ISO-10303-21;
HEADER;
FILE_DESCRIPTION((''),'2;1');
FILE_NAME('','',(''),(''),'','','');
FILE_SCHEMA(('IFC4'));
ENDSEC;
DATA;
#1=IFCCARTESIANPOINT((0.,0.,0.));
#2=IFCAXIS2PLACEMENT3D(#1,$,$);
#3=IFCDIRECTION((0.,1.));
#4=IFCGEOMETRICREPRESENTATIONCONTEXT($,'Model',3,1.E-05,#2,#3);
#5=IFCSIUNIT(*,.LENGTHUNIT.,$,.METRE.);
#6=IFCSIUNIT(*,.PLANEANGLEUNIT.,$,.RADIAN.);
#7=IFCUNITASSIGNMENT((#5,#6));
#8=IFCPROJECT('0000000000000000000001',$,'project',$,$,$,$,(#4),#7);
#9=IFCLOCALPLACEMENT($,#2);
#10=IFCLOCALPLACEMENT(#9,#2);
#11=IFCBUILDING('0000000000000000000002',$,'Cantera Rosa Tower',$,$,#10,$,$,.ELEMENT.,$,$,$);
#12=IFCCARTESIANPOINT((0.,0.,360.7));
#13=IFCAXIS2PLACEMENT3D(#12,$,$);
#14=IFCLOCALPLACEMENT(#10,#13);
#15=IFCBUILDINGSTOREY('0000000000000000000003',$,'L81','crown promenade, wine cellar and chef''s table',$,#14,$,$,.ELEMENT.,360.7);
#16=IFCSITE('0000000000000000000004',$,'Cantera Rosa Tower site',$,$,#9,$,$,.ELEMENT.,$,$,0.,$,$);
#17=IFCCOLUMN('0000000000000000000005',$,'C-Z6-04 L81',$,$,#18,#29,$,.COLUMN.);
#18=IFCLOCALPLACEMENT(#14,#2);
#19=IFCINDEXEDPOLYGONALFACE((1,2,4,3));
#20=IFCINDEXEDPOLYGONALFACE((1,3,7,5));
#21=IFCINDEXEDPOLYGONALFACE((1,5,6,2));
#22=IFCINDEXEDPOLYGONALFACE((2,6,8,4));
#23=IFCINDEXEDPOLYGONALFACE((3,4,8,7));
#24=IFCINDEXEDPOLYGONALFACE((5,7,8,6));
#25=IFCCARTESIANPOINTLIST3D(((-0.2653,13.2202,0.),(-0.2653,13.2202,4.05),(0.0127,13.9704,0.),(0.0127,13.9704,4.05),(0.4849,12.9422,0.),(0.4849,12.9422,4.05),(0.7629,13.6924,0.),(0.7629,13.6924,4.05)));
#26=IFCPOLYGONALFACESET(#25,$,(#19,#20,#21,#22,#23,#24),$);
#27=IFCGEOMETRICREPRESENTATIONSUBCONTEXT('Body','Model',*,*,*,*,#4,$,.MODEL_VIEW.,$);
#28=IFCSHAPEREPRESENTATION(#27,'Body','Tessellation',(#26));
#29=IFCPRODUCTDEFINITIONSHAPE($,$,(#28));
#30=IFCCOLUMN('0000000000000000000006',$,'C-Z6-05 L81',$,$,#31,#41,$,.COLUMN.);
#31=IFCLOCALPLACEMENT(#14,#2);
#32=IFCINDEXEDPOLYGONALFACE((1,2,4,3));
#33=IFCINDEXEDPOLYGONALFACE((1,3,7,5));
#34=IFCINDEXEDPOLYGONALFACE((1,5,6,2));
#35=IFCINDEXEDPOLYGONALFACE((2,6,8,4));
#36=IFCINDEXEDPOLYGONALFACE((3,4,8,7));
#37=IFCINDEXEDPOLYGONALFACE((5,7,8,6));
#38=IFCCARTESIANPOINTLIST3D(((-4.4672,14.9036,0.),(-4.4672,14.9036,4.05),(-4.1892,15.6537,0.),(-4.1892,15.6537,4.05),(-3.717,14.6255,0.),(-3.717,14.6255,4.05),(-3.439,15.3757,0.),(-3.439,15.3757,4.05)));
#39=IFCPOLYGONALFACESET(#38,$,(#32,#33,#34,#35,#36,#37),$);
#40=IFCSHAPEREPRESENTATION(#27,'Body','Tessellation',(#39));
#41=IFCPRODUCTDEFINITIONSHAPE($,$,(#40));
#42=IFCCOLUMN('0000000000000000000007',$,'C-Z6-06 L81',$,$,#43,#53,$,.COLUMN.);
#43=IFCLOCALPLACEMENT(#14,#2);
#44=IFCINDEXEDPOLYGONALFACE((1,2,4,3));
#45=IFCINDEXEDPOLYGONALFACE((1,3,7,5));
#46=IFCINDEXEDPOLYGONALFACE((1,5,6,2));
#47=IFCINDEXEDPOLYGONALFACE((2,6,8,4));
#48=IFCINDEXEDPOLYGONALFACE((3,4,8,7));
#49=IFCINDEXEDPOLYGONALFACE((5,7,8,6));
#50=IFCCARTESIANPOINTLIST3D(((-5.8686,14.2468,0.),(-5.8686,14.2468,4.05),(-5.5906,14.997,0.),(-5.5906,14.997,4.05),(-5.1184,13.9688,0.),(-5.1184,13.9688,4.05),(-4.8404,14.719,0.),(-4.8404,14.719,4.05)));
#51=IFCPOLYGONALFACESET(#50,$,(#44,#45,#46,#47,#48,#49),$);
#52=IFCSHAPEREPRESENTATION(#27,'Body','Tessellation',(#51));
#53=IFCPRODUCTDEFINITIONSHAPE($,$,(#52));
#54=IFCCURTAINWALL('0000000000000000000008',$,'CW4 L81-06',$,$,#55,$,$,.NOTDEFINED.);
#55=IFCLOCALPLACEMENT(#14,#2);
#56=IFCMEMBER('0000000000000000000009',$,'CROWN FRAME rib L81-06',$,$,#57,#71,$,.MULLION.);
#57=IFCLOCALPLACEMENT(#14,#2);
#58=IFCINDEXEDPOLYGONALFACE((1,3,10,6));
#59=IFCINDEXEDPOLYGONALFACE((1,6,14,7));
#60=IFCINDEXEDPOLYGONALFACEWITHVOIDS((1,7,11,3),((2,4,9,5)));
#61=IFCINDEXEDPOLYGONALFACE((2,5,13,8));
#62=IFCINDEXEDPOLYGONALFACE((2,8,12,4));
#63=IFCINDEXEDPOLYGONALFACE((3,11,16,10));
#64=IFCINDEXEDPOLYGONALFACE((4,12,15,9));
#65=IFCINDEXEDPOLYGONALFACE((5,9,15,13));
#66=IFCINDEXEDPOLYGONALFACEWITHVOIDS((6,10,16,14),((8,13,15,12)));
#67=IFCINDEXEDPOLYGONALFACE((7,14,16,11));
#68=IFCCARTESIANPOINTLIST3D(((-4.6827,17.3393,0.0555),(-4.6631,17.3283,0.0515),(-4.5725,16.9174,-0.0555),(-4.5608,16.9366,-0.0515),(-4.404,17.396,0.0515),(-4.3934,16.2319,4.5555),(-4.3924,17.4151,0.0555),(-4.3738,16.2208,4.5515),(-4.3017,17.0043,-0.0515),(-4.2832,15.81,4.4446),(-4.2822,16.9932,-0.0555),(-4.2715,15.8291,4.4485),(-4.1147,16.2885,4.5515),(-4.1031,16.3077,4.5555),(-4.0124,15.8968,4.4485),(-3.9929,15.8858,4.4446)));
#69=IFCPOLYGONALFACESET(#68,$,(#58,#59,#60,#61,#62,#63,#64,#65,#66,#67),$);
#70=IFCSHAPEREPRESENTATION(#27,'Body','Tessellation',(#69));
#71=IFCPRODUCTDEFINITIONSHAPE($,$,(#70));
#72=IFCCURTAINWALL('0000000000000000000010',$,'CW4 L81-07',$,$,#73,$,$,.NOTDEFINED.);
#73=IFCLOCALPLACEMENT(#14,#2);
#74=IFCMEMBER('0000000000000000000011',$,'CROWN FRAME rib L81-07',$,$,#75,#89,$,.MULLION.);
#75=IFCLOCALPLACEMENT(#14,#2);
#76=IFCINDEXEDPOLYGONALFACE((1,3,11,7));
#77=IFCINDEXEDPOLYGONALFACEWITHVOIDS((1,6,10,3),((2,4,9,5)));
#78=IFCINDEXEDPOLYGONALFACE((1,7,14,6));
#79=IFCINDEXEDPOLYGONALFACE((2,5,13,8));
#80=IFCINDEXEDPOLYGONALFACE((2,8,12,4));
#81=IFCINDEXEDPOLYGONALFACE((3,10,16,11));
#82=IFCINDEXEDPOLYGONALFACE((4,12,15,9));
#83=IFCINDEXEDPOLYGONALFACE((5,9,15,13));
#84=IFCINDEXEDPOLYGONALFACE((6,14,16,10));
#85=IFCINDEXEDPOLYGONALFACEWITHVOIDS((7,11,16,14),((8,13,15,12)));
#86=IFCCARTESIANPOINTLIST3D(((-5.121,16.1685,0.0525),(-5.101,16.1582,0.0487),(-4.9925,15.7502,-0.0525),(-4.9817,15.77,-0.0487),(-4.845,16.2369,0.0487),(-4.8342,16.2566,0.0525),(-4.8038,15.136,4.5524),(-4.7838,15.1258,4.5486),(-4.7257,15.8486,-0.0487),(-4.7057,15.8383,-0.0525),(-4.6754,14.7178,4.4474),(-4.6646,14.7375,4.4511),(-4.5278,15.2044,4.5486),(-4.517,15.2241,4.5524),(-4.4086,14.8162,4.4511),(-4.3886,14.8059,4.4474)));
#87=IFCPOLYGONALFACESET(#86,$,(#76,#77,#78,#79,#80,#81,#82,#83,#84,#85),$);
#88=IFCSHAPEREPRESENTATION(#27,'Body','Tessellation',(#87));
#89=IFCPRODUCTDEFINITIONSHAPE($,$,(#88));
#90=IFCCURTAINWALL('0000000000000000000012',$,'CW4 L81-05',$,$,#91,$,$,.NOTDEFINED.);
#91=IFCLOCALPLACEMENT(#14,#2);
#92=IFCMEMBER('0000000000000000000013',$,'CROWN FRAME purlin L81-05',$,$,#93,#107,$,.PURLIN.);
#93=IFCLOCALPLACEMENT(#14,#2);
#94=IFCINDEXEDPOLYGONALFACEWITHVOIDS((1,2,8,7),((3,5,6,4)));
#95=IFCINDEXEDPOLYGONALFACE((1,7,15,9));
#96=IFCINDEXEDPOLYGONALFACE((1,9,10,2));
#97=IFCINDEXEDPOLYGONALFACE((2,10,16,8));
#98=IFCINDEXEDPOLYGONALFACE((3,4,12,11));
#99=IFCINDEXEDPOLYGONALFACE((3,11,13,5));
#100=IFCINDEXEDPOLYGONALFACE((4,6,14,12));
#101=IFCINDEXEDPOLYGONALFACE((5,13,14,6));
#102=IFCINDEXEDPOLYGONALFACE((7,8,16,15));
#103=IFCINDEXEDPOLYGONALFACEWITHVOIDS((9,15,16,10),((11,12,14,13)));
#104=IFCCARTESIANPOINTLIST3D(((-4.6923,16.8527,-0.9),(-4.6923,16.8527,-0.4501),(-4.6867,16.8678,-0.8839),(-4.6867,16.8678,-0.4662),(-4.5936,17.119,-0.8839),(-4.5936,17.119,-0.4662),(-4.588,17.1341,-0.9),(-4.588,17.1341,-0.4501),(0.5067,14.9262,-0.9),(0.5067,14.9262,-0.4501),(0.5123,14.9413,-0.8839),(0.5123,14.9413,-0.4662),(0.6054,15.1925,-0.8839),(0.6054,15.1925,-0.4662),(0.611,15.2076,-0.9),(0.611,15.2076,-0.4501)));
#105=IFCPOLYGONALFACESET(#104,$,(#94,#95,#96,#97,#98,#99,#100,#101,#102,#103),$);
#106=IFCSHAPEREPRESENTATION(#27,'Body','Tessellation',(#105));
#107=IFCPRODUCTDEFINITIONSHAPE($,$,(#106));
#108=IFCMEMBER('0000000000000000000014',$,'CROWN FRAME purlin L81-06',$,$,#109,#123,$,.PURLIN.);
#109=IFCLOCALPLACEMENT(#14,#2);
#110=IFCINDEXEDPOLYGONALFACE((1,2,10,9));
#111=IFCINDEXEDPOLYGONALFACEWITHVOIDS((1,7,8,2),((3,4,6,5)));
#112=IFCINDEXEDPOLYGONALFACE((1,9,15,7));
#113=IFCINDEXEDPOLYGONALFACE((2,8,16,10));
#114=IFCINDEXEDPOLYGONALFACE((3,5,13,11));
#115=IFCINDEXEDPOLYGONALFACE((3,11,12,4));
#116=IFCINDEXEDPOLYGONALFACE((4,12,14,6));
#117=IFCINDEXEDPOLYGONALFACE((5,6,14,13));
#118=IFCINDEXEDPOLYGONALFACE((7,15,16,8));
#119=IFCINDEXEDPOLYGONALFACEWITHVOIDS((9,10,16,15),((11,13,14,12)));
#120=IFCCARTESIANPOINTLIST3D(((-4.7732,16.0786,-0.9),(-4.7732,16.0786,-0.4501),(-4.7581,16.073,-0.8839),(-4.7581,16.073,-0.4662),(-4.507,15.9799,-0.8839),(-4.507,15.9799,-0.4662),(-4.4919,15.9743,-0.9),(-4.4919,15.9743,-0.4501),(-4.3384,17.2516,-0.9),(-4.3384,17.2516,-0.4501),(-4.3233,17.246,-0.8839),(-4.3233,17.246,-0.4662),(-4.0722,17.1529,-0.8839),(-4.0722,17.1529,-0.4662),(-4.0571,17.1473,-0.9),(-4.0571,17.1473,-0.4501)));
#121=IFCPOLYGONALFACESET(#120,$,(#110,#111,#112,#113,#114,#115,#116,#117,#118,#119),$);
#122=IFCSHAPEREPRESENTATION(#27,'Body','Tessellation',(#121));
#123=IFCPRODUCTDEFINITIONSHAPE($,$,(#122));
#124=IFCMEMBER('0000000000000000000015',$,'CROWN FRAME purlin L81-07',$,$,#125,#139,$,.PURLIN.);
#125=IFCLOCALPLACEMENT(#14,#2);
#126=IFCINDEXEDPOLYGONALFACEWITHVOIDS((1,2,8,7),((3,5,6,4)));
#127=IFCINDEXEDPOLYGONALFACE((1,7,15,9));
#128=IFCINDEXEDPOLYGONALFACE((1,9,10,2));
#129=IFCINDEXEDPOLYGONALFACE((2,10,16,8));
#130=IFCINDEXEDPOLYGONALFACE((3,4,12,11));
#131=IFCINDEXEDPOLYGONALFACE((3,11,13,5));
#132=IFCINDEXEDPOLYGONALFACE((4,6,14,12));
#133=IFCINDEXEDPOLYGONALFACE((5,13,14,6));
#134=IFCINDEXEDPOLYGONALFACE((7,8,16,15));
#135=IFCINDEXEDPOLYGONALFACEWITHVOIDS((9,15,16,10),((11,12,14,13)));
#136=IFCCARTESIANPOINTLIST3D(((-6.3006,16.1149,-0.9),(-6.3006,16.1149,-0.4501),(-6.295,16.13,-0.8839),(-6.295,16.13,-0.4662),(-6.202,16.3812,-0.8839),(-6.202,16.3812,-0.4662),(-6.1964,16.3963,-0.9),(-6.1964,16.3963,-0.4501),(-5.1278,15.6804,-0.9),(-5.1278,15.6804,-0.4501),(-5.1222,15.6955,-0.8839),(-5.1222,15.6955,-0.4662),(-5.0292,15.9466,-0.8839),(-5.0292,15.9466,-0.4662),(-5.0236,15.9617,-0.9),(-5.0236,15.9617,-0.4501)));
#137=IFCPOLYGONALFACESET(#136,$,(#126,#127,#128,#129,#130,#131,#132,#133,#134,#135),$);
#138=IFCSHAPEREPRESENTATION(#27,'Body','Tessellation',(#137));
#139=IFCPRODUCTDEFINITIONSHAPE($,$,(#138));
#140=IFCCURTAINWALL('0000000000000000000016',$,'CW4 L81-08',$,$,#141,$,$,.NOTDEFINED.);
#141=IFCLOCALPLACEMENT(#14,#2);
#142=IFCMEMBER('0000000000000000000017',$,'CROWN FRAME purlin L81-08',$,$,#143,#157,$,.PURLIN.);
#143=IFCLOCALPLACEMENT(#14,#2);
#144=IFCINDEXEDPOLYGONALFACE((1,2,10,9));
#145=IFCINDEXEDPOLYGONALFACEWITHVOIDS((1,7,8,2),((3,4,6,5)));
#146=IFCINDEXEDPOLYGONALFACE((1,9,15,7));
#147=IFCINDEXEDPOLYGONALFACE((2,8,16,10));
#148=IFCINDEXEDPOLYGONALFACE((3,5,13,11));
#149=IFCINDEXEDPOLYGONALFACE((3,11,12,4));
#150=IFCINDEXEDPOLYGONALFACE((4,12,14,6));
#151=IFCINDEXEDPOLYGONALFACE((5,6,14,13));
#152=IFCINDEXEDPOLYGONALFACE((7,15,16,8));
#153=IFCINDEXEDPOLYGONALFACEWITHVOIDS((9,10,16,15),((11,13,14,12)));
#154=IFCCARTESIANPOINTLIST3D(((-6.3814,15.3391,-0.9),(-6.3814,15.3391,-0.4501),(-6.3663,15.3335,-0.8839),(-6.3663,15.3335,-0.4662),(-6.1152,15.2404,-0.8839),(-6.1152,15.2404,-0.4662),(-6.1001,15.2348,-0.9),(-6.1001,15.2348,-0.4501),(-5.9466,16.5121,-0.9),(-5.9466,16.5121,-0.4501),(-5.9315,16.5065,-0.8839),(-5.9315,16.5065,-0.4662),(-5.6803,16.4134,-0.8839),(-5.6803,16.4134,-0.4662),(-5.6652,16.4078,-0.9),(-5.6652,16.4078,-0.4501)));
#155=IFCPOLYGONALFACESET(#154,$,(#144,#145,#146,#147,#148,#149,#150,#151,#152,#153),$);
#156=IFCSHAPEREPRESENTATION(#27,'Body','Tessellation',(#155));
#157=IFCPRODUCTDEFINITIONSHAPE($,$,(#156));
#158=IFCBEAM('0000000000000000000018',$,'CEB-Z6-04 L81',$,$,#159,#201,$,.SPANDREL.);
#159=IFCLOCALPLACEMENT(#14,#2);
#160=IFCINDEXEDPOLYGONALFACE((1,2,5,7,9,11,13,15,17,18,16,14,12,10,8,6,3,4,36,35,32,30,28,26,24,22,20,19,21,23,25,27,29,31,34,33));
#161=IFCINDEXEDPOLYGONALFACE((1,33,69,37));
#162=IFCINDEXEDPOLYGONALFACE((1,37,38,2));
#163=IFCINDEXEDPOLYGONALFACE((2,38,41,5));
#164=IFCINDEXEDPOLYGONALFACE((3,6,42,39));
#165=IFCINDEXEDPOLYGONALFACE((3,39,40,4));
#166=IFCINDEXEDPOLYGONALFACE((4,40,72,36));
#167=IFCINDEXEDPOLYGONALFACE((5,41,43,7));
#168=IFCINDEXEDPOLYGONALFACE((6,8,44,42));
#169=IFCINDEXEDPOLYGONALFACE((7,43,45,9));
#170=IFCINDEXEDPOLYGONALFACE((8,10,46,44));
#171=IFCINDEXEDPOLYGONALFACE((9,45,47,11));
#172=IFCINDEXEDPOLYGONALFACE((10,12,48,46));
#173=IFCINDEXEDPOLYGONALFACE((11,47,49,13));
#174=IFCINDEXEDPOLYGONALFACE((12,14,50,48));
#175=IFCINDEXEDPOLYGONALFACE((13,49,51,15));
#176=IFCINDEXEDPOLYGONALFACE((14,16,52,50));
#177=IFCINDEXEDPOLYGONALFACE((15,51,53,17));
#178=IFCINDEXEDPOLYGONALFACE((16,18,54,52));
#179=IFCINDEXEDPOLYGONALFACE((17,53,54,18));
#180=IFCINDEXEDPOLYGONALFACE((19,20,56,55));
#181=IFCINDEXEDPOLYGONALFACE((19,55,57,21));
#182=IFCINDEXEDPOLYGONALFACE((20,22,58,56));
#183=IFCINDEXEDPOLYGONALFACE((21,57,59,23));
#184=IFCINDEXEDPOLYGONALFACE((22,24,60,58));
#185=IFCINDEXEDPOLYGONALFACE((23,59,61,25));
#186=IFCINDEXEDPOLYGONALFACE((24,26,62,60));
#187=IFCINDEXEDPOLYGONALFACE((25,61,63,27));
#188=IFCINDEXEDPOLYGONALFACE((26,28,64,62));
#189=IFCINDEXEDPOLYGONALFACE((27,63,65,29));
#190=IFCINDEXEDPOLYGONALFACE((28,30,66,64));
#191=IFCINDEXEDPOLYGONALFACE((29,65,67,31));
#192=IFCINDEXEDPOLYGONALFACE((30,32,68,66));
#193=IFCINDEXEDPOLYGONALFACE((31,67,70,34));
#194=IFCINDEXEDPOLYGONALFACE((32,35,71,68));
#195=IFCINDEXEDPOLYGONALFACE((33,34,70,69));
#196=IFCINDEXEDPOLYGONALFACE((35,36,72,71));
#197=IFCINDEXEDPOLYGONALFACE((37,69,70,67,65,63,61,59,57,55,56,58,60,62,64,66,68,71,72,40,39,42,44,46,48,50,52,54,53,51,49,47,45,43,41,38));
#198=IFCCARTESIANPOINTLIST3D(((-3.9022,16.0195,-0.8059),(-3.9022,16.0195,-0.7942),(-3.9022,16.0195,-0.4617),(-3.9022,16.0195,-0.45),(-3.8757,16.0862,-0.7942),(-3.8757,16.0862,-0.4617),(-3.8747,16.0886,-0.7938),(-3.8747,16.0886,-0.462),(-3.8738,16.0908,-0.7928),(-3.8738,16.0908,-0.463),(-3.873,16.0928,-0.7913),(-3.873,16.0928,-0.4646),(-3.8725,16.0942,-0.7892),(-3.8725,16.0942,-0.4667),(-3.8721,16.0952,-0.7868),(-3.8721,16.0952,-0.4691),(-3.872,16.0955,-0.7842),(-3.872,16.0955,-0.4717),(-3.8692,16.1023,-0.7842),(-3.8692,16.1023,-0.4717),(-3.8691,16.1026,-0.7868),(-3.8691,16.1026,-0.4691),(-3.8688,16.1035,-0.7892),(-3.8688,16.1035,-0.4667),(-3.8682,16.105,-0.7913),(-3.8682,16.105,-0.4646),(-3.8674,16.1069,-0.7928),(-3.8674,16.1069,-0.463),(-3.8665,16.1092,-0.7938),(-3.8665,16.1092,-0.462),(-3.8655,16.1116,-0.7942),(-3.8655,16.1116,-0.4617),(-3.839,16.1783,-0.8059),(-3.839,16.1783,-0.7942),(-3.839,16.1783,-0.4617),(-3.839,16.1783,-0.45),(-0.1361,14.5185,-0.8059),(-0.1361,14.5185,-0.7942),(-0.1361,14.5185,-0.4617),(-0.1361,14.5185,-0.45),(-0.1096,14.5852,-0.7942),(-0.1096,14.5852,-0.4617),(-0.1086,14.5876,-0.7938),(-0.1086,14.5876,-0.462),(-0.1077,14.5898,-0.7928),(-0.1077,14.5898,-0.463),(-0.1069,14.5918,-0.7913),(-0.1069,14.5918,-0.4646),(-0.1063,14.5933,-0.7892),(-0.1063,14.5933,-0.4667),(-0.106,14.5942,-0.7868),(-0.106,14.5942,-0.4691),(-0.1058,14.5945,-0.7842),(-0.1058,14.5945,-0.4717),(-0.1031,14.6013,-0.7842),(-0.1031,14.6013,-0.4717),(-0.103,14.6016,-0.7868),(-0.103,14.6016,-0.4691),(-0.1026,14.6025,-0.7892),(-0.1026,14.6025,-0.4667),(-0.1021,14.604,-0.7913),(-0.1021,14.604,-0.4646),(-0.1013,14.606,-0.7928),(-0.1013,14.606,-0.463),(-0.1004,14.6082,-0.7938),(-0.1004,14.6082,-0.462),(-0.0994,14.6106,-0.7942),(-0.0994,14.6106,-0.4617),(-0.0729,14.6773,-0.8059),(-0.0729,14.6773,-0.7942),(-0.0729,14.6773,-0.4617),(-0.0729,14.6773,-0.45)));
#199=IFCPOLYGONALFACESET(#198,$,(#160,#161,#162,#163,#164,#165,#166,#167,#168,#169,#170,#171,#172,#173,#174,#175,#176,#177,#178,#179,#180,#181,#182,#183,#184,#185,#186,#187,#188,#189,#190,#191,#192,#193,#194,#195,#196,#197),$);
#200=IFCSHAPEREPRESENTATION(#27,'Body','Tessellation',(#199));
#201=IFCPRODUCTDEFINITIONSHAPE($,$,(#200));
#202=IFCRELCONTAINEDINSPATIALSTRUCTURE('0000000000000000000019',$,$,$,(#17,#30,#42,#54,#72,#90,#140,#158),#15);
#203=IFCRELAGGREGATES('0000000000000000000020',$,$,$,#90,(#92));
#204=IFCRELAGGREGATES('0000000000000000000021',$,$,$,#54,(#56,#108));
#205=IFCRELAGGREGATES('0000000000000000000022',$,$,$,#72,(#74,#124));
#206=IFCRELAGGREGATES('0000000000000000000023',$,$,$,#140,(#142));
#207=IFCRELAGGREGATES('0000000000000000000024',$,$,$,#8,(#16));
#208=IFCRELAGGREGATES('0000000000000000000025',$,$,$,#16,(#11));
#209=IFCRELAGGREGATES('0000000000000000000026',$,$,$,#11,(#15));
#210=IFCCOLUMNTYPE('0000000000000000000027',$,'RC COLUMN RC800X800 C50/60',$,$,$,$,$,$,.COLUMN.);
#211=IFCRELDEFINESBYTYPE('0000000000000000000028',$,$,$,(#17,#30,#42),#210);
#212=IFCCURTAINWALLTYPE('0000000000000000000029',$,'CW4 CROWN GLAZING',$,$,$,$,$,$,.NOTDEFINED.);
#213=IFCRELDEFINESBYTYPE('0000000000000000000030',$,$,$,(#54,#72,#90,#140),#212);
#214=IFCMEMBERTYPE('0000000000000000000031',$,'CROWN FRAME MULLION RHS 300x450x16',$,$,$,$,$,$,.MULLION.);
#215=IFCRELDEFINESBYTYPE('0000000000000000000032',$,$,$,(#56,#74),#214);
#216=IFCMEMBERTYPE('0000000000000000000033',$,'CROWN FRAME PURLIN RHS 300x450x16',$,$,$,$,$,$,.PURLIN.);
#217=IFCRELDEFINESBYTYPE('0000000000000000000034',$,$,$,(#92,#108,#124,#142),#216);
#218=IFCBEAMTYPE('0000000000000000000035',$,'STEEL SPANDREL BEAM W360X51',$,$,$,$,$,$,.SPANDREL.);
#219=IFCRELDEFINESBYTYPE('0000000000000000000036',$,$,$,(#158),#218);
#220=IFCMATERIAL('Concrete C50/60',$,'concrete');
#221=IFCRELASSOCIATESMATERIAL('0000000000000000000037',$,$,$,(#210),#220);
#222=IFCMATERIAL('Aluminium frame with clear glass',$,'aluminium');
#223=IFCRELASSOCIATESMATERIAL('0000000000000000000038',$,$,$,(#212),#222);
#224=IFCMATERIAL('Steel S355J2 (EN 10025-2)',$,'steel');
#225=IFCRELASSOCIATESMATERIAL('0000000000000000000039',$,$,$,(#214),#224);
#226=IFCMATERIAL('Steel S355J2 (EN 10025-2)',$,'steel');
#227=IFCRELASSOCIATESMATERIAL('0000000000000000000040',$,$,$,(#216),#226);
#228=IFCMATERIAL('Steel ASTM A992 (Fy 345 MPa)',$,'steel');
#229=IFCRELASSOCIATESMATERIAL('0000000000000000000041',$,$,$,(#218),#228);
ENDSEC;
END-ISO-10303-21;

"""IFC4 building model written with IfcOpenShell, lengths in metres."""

from ifc_helpers import new_model, si_unit, direction, frame, origin, origin_2d, place, context, subcontext, project, spatial, rectangle, hollow_rectangle, i_section, extrude, material, material_profile, profile_set, type_object, element, aggregate, save


model = new_model("IFC4")

# Units and contexts
model_context = context("Model", 3, precision=1e-05, world=origin(), true_north=direction((0.0, 1.0)))
body_context = subcontext(model_context, "Body", "Model", "MODEL_VIEW")
ifc_project = project(units=[si_unit("LENGTHUNIT", "METRE"), si_unit("PLANEANGLEUNIT", "RADIAN")], contexts=[model_context])

# Site, building, storey
site_placement = place(None, origin())
site = spatial("IfcSite", under=ifc_project, at=site_placement, Name="Cantera Rosa Tower site", CompositionType="ELEMENT", RefElevation=0.0)
building_placement = place(site_placement, origin())
building = spatial("IfcBuilding", under=site, at=building_placement, Name="Cantera Rosa Tower", CompositionType="ELEMENT")
storey_placement = place(building_placement, frame((0.0, 0.0, 360.7)))
storey = spatial("IfcBuildingStorey", under=building, at=storey_placement, Name="L81", Description="crown promenade, wine cellar and chef's table", CompositionType="ELEMENT", Elevation=360.7)

# Columns
ifc_material_1 = material(Name="Concrete C50/60", Category="concrete")
ifc_material_profile_1 = material_profile(ifc_material_1, rectangle(XDim=0.8, YDim=0.8, at=origin_2d()), Name="RC COLUMN RC800X800 C50/60")
ifc_profile_set_1 = profile_set([ifc_material_profile_1], Name="Concrete C50/60")
column_type = type_object("IfcColumnType", Name="RC COLUMN RC800X800 C50/60", PredefinedType="COLUMN", material=ifc_profile_set_1)
for number, where, z_axis, x_axis, name in (
    (1, (0.2488, 13.4563, 0.0), (0.0, 0.0, 1.0), (0.347481, 0.937687, 0.0), "C-Z6-04 L81"),
    (2, (-3.9531, 15.1396, 0.0), (0.0, 0.0, 1.0), (0.347481, 0.937687, 0.0), "C-Z6-05 L81"),
    (3, (-5.3545, 14.4829, 0.0), (0.0, 0.0, 1.0), (0.347481, 0.937687, 0.0), "C-Z6-06 L81"),
):
    element("IfcColumn", number, at=place(storey_placement, frame(where, z_axis=z_axis, x_axis=x_axis)), inside=storey, type_object=column_type, Name=name, PredefinedType="COLUMN", context=body_context, shape_type="SweptSolid", body=[
        extrude(rectangle(XDim=0.8, YDim=0.8, at=origin_2d()), origin(), (0.0, 0.0, 1.0), 4.05),
    ])

# Curtain walls, members
ifc_material_2 = material(Name="Aluminium frame with clear glass", Category="aluminium")
curtain_wall_type = type_object("IfcCurtainWallType", Name="CW4 CROWN GLAZING", PredefinedType="NOTDEFINED", material=ifc_material_2)
curtain_wall_1_placement = place(storey_placement, origin())
curtain_wall_1 = element("IfcCurtainWall", 4, at=curtain_wall_1_placement, inside=storey, type_object=curtain_wall_type, Name="CW4 L81-06", PredefinedType="NOTDEFINED")
ifc_material_3 = material(Name="Steel S355J2 (EN 10025-2)", Category="steel")
ifc_material_profile_2 = material_profile(ifc_material_3, hollow_rectangle(XDim=0.3, YDim=0.45, WallThickness=0.0161, at=origin_2d()), Name="CROWN FRAME MULLION RHS 300x450x16")
ifc_profile_set_2 = profile_set([ifc_material_profile_2], Name="Steel S355J2 (EN 10025-2)")
member_type_1 = type_object("IfcMemberType", Name="CROWN FRAME MULLION RHS 300x450x16", PredefinedType="MULLION", material=ifc_profile_set_2)
member_1_placement = place(storey_placement, frame((-4.4824, 17.1663, 0.0), z_axis=(0.062306, -0.2385, 0.969142), x_axis=(0.967529, 0.252761, 0.0)))
member_1 = element("IfcMember", 5, at=member_1_placement, type_object=member_type_1, Name="CROWN FRAME rib L81-06", PredefinedType="MULLION", context=body_context, shape_type="SweptSolid", body=[
    extrude(hollow_rectangle(XDim=0.3, YDim=0.45, WallThickness=0.0161, at=origin_2d()), origin(), (0.0, 0.0, 1.0), 4.6433),
])
curtain_wall_2_placement = place(storey_placement, origin())
curtain_wall_2 = element("IfcCurtainWall", 6, at=curtain_wall_2_placement, inside=storey, type_object=curtain_wall_type, Name="CW4 L81-07", PredefinedType="NOTDEFINED")
member_2_placement = place(storey_placement, frame((-4.9133, 16.0034, 0.0), z_axis=(0.068529, -0.223102, 0.972383), x_axis=(0.955921, 0.293625, 0.0)))
member_2 = element("IfcMember", 7, at=member_2_placement, type_object=member_type_1, Name="CROWN FRAME rib L81-07", PredefinedType="MULLION", context=body_context, shape_type="SweptSolid", body=[
    extrude(hollow_rectangle(XDim=0.3, YDim=0.45, WallThickness=0.0161, at=origin_2d()), origin(), (0.0, 0.0, 1.0), 4.6277),
])
curtain_wall_3_placement = place(storey_placement, origin())
curtain_wall_3 = element("IfcCurtainWall", 8, at=curtain_wall_3_placement, inside=storey, type_object=curtain_wall_type, Name="CW4 L81-05", PredefinedType="NOTDEFINED")
ifc_material_4 = material(Name="Steel S355J2 (EN 10025-2)", Category="steel")
ifc_material_profile_3 = material_profile(ifc_material_4, hollow_rectangle(XDim=0.3, YDim=0.45, WallThickness=0.0161, at=origin_2d()), Name="CROWN FRAME PURLIN RHS 300x450x16")
ifc_profile_set_3 = profile_set([ifc_material_profile_3], Name="Steel S355J2 (EN 10025-2)")
member_type_2 = type_object("IfcMemberType", Name="CROWN FRAME PURLIN RHS 300x450x16", PredefinedType="PURLIN", material=ifc_profile_set_3)
member_3_placement = place(storey_placement, frame((0.5588, 15.0669, -0.675), z_axis=(-0.937692, 0.347468, 0.0), x_axis=(-0.347468, -0.937692, 0.0)))
member_3 = element("IfcMember", 9, at=member_3_placement, type_object=member_type_2, Name="CROWN FRAME purlin L81-05", PredefinedType="PURLIN", context=body_context, shape_type="SweptSolid", body=[
    extrude(hollow_rectangle(XDim=0.3, YDim=0.45, WallThickness=0.0161, at=origin_2d()), origin(), (0.0, 0.0, 1.0), 5.5444),
])

# Members
member_4_placement = place(storey_placement, frame((-4.1978, 17.1995, -0.675), z_axis=(-0.34755, -0.937662, 0.0), x_axis=(0.937662, -0.34755, 0.0)))
member_4 = element("IfcMember", 10, at=member_4_placement, type_object=member_type_2, Name="CROWN FRAME purlin L81-06", PredefinedType="PURLIN", context=body_context, shape_type="SweptSolid", body=[
    extrude(hollow_rectangle(XDim=0.3, YDim=0.45, WallThickness=0.0161, at=origin_2d()), origin(), (0.0, 0.0, 1.0), 1.251),
])
member_5_placement = place(storey_placement, frame((-5.0757, 15.821, -0.675), z_axis=(-0.937702, 0.347441, 0.0), x_axis=(-0.347441, -0.937702, 0.0)))
member_5 = element("IfcMember", 11, at=member_5_placement, type_object=member_type_2, Name="CROWN FRAME purlin L81-07", PredefinedType="PURLIN", context=body_context, shape_type="SweptSolid", body=[
    extrude(hollow_rectangle(XDim=0.3, YDim=0.45, WallThickness=0.0161, at=origin_2d()), origin(), (0.0, 0.0, 1.0), 1.2507),
])

# Curtain wall, member
curtain_wall_4_placement = place(storey_placement, origin())
curtain_wall_4 = element("IfcCurtainWall", 12, at=curtain_wall_4_placement, inside=storey, type_object=curtain_wall_type, Name="CW4 L81-08", PredefinedType="NOTDEFINED")
member_6_placement = place(storey_placement, frame((-5.8059, 16.46, -0.675), z_axis=(-0.347613, -0.937638, 0.0), x_axis=(0.937638, -0.347613, 0.0)))
member_6 = element("IfcMember", 13, at=member_6_placement, type_object=member_type_2, Name="CROWN FRAME purlin L81-08", PredefinedType="PURLIN", context=body_context, shape_type="SweptSolid", body=[
    extrude(hollow_rectangle(XDim=0.3, YDim=0.45, WallThickness=0.0161, at=origin_2d()), origin(), (0.0, 0.0, 1.0), 1.251),
])

# Beam
ifc_material_5 = material(Name="Steel ASTM A992 (Fy 345 MPa)", Category="steel")
ifc_material_profile_4 = material_profile(ifc_material_5, i_section(OverallWidth=0.1709, OverallDepth=0.356, WebThickness=0.0073, FlangeThickness=0.0117, FilletRadius=0.01, at=origin_2d()), Name="W360X51")
ifc_profile_set_4 = profile_set([ifc_material_profile_4], Name="Steel ASTM A992 (Fy 345 MPa)")
beam_type = type_object("IfcBeamType", Name="STEEL SPANDREL BEAM W360X51", PredefinedType="SPANDREL", material=ifc_profile_set_4)
beam_1_placement = place(storey_placement, frame((-0.1045, 14.5979, -0.6279), z_axis=(-0.928941, 0.370228, 0.0), x_axis=(-0.370228, -0.928941, 0.0)))
element("IfcBeam", 14, at=beam_1_placement, inside=storey, type_object=beam_type, Name="CEB-Z6-04 L81", PredefinedType="SPANDREL", context=body_context, shape_type="SweptSolid", body=[
    extrude(i_section(OverallWidth=0.1709, OverallDepth=0.356, WebThickness=0.0073, FlangeThickness=0.0117, FilletRadius=0.01, at=origin_2d()), origin(), (0.0, 0.0, 1.0), 4.0542),
])

aggregate(curtain_wall_3, [member_3])
aggregate(curtain_wall_1, [member_1, member_4])
aggregate(curtain_wall_2, [member_2, member_5])
aggregate(curtain_wall_4, [member_6])

save(model, "model.ifc")
